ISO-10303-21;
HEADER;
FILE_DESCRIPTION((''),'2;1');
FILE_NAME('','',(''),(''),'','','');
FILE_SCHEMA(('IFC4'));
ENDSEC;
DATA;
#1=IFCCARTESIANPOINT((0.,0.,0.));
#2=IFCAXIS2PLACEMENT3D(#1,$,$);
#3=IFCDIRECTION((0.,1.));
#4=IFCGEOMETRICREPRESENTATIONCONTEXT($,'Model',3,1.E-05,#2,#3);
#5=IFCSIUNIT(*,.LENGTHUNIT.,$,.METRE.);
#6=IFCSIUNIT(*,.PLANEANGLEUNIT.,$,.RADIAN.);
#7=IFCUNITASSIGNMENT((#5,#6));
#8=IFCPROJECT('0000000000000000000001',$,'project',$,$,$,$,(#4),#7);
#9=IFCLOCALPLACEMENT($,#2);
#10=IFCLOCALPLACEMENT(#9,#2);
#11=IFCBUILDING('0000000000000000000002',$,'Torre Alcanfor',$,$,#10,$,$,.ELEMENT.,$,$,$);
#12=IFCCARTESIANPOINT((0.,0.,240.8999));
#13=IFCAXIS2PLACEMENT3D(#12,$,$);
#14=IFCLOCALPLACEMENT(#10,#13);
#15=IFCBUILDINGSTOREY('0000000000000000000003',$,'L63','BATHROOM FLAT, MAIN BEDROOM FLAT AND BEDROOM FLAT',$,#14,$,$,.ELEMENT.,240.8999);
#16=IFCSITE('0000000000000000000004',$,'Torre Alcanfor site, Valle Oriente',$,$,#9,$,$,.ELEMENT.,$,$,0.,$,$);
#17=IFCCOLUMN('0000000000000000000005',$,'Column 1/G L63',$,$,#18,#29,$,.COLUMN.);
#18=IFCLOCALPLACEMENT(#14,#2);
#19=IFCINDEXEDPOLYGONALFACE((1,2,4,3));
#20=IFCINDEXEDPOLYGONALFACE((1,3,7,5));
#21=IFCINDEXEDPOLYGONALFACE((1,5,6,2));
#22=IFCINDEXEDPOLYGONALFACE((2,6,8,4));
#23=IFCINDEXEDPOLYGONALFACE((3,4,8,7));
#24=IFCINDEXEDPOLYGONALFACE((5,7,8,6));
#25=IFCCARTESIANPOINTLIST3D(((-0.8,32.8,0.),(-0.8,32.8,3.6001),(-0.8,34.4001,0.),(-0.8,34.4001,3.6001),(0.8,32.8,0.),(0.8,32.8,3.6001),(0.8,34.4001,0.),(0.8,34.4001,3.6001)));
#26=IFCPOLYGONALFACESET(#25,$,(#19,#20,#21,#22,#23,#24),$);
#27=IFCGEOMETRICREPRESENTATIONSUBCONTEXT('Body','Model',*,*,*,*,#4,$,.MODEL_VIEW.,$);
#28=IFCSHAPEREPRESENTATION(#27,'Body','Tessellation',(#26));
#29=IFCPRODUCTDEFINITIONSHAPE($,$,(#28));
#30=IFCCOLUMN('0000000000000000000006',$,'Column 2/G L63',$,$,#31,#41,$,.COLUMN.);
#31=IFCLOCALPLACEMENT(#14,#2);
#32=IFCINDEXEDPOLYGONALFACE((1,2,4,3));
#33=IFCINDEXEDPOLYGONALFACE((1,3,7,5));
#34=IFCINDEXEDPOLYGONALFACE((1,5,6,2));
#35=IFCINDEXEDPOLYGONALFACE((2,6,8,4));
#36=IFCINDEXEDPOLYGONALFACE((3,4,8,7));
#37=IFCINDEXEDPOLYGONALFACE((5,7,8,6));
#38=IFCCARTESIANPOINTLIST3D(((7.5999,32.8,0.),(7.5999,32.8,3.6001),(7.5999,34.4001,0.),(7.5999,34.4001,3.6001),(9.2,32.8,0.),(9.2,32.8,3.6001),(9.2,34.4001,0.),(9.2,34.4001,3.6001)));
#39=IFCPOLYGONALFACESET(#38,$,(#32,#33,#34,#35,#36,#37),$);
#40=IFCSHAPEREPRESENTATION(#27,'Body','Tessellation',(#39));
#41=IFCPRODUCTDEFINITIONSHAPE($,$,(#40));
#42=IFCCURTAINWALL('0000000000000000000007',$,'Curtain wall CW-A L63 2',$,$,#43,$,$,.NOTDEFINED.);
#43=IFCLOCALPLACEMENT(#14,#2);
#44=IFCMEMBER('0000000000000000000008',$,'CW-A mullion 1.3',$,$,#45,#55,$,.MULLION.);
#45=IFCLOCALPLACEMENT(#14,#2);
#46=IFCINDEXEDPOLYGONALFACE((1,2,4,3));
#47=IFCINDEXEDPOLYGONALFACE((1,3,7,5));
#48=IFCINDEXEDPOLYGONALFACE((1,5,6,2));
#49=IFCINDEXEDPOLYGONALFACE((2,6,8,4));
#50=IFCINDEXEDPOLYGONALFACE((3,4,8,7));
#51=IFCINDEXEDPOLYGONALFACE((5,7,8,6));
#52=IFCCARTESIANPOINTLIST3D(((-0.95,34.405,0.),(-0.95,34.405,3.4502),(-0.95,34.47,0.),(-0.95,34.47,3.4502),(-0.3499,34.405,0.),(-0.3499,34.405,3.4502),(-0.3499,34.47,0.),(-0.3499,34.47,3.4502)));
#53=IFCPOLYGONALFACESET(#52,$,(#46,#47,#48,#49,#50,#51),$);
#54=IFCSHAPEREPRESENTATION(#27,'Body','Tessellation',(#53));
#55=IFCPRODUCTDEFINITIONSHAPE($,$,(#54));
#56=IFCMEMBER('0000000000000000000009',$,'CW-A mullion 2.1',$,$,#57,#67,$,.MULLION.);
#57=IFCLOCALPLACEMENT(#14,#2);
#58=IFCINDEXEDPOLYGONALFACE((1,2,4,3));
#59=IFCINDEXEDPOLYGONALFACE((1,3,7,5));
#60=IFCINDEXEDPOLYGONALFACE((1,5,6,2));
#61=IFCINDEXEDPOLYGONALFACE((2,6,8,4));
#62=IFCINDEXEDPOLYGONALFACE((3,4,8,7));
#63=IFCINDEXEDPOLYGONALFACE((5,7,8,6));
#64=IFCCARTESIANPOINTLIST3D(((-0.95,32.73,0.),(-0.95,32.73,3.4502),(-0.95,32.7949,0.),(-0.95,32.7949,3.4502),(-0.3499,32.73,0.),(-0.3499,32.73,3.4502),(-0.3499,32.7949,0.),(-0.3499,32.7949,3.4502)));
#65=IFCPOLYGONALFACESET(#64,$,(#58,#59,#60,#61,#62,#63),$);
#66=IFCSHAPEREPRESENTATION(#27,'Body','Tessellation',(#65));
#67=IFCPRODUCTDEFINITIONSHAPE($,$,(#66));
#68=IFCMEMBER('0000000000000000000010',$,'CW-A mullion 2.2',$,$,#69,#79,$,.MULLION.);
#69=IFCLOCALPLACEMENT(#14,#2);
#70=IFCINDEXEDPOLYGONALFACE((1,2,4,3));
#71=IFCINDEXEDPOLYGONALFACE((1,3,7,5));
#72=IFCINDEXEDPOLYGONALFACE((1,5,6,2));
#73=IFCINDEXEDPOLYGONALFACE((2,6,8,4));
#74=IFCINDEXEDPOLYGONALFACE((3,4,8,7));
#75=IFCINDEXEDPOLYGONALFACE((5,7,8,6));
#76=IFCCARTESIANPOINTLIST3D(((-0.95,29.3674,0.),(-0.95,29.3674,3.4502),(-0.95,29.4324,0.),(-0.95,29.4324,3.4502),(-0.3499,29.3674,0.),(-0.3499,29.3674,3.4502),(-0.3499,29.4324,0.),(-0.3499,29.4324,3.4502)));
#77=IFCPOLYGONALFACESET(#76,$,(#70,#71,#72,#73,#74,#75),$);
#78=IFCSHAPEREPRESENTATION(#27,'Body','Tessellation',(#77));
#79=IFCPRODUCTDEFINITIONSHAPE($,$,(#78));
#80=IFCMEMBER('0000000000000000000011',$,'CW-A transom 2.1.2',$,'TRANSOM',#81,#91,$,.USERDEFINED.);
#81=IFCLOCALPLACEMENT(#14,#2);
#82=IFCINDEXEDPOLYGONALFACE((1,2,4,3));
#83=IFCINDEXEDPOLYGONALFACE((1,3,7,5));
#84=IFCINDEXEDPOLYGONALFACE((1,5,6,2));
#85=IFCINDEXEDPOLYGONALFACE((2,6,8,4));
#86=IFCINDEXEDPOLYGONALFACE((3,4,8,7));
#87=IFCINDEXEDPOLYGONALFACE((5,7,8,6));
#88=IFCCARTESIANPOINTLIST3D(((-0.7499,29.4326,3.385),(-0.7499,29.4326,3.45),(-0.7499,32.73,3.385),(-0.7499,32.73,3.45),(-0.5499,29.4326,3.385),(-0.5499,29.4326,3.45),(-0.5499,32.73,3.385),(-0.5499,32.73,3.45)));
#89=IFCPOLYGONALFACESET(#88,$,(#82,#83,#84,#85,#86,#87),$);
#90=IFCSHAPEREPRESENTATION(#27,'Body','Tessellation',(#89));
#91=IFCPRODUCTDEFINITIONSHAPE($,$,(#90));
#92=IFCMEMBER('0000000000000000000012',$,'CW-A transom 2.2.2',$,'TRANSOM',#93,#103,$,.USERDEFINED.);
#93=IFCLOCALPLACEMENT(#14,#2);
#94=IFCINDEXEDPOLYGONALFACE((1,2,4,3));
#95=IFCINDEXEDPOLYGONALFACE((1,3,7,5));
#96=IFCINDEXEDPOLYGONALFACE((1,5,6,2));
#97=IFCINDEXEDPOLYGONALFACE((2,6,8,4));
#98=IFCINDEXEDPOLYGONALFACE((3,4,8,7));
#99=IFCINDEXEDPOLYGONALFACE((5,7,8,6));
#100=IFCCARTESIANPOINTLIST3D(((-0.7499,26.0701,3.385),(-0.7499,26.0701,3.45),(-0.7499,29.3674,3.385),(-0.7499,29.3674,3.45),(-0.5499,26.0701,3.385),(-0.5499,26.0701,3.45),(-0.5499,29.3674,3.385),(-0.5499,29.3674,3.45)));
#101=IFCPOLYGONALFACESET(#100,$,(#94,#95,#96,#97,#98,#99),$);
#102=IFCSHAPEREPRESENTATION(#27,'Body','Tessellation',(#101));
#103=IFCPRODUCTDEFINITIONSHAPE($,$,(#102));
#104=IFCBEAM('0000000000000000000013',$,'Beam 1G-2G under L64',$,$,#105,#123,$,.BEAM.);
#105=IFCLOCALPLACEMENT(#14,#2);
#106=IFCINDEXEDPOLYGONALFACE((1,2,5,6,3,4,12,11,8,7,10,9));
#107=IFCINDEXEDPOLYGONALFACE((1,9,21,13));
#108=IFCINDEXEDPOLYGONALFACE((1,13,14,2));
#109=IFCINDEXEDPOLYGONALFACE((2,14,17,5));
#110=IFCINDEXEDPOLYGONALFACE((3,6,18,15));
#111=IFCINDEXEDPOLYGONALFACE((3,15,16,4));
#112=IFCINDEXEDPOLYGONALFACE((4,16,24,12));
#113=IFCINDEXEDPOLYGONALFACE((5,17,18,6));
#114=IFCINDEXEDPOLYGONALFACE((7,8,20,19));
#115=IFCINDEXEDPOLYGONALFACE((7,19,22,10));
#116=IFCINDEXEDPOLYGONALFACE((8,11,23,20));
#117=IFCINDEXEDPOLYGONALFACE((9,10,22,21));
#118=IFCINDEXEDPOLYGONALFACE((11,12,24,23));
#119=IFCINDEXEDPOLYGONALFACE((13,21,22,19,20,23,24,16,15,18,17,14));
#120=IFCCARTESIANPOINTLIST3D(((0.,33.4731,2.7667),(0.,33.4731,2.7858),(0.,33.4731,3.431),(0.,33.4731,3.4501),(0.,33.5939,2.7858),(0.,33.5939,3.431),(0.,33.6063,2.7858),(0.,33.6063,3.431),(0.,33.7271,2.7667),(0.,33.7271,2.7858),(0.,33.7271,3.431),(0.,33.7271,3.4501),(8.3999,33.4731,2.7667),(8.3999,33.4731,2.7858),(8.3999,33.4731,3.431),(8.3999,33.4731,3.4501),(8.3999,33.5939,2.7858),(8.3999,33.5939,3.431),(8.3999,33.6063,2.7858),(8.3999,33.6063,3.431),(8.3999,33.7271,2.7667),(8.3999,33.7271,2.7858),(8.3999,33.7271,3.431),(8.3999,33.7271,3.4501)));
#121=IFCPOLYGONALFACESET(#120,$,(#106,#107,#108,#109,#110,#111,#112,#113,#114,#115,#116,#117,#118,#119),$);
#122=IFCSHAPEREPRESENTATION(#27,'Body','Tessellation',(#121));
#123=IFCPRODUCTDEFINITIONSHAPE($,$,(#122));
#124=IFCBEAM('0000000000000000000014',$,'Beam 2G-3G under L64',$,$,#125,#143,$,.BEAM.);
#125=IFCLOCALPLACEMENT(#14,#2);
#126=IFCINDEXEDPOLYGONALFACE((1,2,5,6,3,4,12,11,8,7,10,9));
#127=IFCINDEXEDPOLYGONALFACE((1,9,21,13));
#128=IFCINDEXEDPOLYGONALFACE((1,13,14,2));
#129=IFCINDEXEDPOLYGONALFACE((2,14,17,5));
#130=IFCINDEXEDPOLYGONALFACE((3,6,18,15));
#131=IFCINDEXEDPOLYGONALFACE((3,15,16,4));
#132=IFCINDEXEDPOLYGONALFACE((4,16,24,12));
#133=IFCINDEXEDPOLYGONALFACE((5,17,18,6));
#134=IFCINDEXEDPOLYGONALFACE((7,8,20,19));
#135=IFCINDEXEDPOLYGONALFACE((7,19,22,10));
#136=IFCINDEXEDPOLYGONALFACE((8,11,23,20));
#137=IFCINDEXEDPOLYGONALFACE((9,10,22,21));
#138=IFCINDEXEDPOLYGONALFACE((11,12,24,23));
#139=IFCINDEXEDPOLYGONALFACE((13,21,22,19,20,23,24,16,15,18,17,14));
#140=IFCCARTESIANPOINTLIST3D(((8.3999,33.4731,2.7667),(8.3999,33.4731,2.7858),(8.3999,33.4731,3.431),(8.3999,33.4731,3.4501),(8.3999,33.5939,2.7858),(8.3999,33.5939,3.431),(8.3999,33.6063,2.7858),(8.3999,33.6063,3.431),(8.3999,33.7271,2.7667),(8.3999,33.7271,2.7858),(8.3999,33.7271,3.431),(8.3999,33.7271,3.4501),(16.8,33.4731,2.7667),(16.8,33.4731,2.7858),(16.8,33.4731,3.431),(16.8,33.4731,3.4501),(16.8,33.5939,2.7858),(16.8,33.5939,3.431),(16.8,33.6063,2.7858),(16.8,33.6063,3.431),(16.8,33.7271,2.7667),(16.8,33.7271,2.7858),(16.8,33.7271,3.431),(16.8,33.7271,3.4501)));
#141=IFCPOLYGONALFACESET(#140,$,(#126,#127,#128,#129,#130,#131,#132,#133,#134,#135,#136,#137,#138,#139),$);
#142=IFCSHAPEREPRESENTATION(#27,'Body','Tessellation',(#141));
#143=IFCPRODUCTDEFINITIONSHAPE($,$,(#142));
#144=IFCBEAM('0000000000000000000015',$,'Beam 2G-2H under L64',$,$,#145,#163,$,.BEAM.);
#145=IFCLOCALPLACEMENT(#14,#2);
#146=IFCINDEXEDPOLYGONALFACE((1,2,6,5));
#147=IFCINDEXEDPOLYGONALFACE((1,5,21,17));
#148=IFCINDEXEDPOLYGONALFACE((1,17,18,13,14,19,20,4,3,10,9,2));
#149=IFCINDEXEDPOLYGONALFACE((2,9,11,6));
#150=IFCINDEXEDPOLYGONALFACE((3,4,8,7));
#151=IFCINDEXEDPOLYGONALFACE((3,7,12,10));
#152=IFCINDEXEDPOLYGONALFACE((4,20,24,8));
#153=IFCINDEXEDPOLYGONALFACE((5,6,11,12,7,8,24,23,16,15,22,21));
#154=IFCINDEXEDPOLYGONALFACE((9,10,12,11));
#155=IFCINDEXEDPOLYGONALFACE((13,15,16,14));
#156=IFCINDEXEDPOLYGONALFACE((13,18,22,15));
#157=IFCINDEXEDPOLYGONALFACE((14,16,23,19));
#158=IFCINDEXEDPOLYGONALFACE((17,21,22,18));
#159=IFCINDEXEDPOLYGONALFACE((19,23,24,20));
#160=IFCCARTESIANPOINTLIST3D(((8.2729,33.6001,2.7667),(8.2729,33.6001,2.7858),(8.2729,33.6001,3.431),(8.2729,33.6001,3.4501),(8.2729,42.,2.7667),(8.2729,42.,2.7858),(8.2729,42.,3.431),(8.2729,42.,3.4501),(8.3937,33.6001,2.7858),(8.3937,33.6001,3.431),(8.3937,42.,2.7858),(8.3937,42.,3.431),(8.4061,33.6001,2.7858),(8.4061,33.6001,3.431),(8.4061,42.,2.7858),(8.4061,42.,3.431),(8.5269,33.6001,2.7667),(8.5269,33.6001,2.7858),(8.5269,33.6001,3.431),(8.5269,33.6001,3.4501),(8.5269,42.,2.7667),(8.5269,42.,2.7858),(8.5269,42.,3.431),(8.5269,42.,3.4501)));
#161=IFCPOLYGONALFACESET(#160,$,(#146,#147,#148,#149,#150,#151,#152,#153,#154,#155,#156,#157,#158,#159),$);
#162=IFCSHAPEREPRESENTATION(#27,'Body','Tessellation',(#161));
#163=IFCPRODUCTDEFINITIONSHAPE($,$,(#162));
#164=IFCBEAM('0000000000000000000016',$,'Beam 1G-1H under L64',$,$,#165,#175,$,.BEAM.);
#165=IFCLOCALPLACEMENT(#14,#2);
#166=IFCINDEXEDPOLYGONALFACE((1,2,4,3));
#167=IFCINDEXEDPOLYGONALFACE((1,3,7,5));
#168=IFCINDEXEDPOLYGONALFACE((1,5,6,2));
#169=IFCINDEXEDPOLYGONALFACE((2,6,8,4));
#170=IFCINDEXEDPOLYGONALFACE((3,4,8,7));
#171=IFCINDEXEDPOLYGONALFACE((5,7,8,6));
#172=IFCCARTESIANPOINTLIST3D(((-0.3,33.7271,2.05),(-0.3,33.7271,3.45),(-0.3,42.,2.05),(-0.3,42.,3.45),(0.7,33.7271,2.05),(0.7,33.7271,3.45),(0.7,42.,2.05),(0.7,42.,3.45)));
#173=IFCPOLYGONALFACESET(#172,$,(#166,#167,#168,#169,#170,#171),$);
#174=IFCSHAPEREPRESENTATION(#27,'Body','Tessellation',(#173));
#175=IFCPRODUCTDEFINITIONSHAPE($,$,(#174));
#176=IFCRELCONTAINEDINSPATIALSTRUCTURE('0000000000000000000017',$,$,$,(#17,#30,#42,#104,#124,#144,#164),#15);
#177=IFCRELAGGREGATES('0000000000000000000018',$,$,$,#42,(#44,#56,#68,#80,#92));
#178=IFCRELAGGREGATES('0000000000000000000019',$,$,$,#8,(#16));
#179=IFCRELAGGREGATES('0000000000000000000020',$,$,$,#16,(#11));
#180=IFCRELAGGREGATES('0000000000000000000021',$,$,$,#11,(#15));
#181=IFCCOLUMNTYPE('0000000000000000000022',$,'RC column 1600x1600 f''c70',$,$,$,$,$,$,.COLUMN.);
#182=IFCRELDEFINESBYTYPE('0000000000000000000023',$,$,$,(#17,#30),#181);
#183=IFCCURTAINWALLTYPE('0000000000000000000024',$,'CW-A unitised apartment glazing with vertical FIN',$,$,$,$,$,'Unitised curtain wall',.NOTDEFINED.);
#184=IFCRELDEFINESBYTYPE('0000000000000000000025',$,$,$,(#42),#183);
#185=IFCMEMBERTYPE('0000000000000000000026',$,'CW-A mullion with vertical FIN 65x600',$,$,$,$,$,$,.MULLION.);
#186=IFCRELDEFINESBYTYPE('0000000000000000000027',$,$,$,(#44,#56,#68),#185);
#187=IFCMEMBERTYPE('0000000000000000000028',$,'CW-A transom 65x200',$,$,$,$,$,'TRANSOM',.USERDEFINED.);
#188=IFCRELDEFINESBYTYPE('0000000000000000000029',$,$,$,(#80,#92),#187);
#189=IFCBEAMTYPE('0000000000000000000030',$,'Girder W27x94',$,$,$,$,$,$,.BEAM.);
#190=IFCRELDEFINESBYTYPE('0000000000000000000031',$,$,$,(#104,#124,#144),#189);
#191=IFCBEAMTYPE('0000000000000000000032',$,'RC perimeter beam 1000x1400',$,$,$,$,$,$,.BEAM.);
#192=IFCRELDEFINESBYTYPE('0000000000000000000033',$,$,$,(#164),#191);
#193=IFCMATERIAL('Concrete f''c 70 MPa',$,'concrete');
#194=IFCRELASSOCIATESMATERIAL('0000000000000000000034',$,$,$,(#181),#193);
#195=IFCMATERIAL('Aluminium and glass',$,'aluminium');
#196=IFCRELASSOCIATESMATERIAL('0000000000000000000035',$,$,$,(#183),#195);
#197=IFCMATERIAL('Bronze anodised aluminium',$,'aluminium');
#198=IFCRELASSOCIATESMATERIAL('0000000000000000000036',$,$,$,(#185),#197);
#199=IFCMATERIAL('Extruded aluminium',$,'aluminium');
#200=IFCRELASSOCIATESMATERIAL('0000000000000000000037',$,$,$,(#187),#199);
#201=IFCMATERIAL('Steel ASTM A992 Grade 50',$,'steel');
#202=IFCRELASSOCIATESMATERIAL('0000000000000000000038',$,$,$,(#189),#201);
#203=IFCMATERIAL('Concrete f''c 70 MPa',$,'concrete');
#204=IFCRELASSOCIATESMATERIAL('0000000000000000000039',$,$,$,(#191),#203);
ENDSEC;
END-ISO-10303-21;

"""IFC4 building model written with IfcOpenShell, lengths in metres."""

from ifc_helpers import new_model, si_unit, direction, frame, origin, origin_2d, place, context, subcontext, project, spatial, rectangle, i_section, extrude, material, material_profile, profile_set, type_object, element, aggregate, save


model = new_model("IFC4")

# Units and contexts
model_context = context("Model", 3, precision=1e-05, world=origin(), true_north=direction((0.0, 1.0)))
body_context = subcontext(model_context, "Body", "Model", "MODEL_VIEW")
ifc_project = project(units=[si_unit("LENGTHUNIT", "METRE"), si_unit("PLANEANGLEUNIT", "RADIAN")], contexts=[model_context])

# Site, building, storey
site_placement = place(None, origin())
site = spatial("IfcSite", under=ifc_project, at=site_placement, Name="Torre Alcanfor site, Valle Oriente", CompositionType="ELEMENT", RefElevation=0.0)
building_placement = place(site_placement, origin())
building = spatial("IfcBuilding", under=site, at=building_placement, Name="Torre Alcanfor", CompositionType="ELEMENT")
storey_placement = place(building_placement, frame((0.0, 0.0, 240.8999)))
storey = spatial("IfcBuildingStorey", under=building, at=storey_placement, Name="L63", Description="BATHROOM FLAT, MAIN BEDROOM FLAT AND BEDROOM FLAT", CompositionType="ELEMENT", Elevation=240.8999)

# Columns
ifc_material_1 = material(Name="Concrete f'c 70 MPa", Category="concrete")
ifc_material_profile_1 = material_profile(ifc_material_1, rectangle(XDim=1.6001, YDim=1.6001, at=origin_2d()), Name="1600x1600")
ifc_profile_set_1 = profile_set([ifc_material_profile_1], Name="Concrete f'c 70 MPa")
column_type = type_object("IfcColumnType", Name="RC column 1600x1600 f'c70", PredefinedType="COLUMN", material=ifc_profile_set_1)
for number, where, z_axis, x_axis, name in (
    (1, (0.0, 33.6001, 0.0), (0.0, 0.0, 1.0), (1.0, 0.0, 0.0), "Column 1/G L63"),
    (2, (8.3999, 33.6001, 0.0), (0.0, 0.0, 1.0), (1.0, 0.0, 0.0), "Column 2/G L63"),
):
    element("IfcColumn", number, at=place(storey_placement, frame(where, z_axis=z_axis, x_axis=x_axis)), inside=storey, type_object=column_type, Name=name, PredefinedType="COLUMN", context=body_context, shape_type="SweptSolid", body=[
        extrude(rectangle(XDim=1.6001, YDim=1.6001, at=origin_2d()), origin(), (0.0, 0.0, 1.0), 3.6001),
    ])

# Curtain wall, members
ifc_material_2 = material(Name="Aluminium and glass", Category="aluminium")
curtain_wall_type = type_object("IfcCurtainWallType", Name="CW-A unitised apartment glazing with vertical FIN", ElementType="Unitised curtain wall", PredefinedType="NOTDEFINED", material=ifc_material_2)
curtain_wall_placement = place(storey_placement, origin())
curtain_wall = element("IfcCurtainWall", 3, at=curtain_wall_placement, inside=storey, type_object=curtain_wall_type, Name="Curtain wall CW-A L63 2", PredefinedType="NOTDEFINED")
ifc_material_3 = material(Name="Bronze anodised aluminium", Category="aluminium")
ifc_material_profile_2 = material_profile(ifc_material_3, rectangle(XDim=0.6001, YDim=0.0649, at=origin_2d()), Name="CW-A mullion 65x600")
ifc_profile_set_2 = profile_set([ifc_material_profile_2], Name="Bronze anodised aluminium")
member_type_1 = type_object("IfcMemberType", Name="CW-A mullion with vertical FIN 65x600", PredefinedType="MULLION", material=ifc_profile_set_2)
member_1_placement = place(storey_placement, frame((-0.6499, 34.4375, 0.0), z_axis=(0.0, 0.0, 1.0), x_axis=(1.0, 0.0, 0.0)))
member_1 = element("IfcMember", 4, at=member_1_placement, type_object=member_type_1, Name="CW-A mullion 1.3", PredefinedType="MULLION", context=body_context, shape_type="SweptSolid", body=[
    extrude(rectangle(XDim=0.6001, YDim=0.0649, at=origin_2d()), origin(), (0.0, 0.0, 1.0), 3.4502),
])
member_2_placement = place(storey_placement, frame((-0.6499, 32.7625, 0.0), z_axis=(0.0, 0.0, 1.0), x_axis=(1.0, 0.0, 0.0)))
member_2 = element("IfcMember", 5, at=member_2_placement, type_object=member_type_1, Name="CW-A mullion 2.1", PredefinedType="MULLION", context=body_context, shape_type="SweptSolid", body=[
    extrude(rectangle(XDim=0.6001, YDim=0.0649, at=origin_2d()), origin(), (0.0, 0.0, 1.0), 3.4502),
])
member_3_placement = place(storey_placement, frame((-0.6499, 29.3999, 0.0), z_axis=(0.0, 0.0, 1.0), x_axis=(1.0, 0.0, 0.0)))
member_3 = element("IfcMember", 6, at=member_3_placement, type_object=member_type_1, Name="CW-A mullion 2.2", PredefinedType="MULLION", context=body_context, shape_type="SweptSolid", body=[
    extrude(rectangle(XDim=0.6001, YDim=0.0649, at=origin_2d()), origin(), (0.0, 0.0, 1.0), 3.4502),
])
ifc_material_4 = material(Name="Extruded aluminium", Category="aluminium")
ifc_material_profile_3 = material_profile(ifc_material_4, rectangle(XDim=0.2, YDim=0.0649, at=origin_2d()), Name="CW-A transom 200x65")
ifc_profile_set_3 = profile_set([ifc_material_profile_3], Name="Extruded aluminium")
member_type_2 = type_object("IfcMemberType", Name="CW-A transom 65x200", ElementType="TRANSOM", PredefinedType="USERDEFINED", material=ifc_profile_set_3)
member_4_placement = place(storey_placement, frame((-0.6499, 32.73, 3.4175), z_axis=(0.0, -1.0, 0.0), x_axis=(1.0, 0.0, 0.0)))
member_4 = element("IfcMember", 7, at=member_4_placement, type_object=member_type_2, Name="CW-A transom 2.1.2", ObjectType="TRANSOM", PredefinedType="USERDEFINED", context=body_context, shape_type="SweptSolid", body=[
    extrude(rectangle(XDim=0.2, YDim=0.0649, at=origin_2d()), origin(), (0.0, 0.0, 1.0), 3.2974),
])
member_5_placement = place(storey_placement, frame((-0.6499, 29.3674, 3.4175), z_axis=(0.0, -1.0, 0.0), x_axis=(1.0, 0.0, 0.0)))
member_5 = element("IfcMember", 8, at=member_5_placement, type_object=member_type_2, Name="CW-A transom 2.2.2", ObjectType="TRANSOM", PredefinedType="USERDEFINED", context=body_context, shape_type="SweptSolid", body=[
    extrude(rectangle(XDim=0.2, YDim=0.0649, at=origin_2d()), origin(), (0.0, 0.0, 1.0), 3.2974),
])

# Beams
ifc_material_5 = material(Name="Steel ASTM A992 Grade 50", Category="steel")
ifc_material_profile_4 = material_profile(ifc_material_5, i_section(OverallWidth=0.2539, OverallDepth=0.6833, WebThickness=0.0125, FlangeThickness=0.019, at=origin_2d()), Name="W27x94")
ifc_profile_set_4 = profile_set([ifc_material_profile_4], Name="Steel ASTM A992 Grade 50")
beam_type_1 = type_object("IfcBeamType", Name="Girder W27x94", PredefinedType="BEAM", material=ifc_profile_set_4)
beam_1_placement = place(storey_placement, frame((0.0, 33.6001, 3.1084), z_axis=(1.0, 0.0, 0.0), x_axis=(0.0, 1.0, 0.0)))
element("IfcBeam", 9, at=beam_1_placement, inside=storey, type_object=beam_type_1, Name="Beam 1G-2G under L64", PredefinedType="BEAM", context=body_context, shape_type="SweptSolid", body=[
    extrude(i_section(OverallWidth=0.2539, OverallDepth=0.6833, WebThickness=0.0125, FlangeThickness=0.019, at=origin_2d()), origin(), (0.0, 0.0, 1.0), 8.3999),
])
beam_2_placement = place(storey_placement, frame((8.3999, 33.6001, 3.1084), z_axis=(1.0, 0.0, 0.0), x_axis=(0.0, 1.0, 0.0)))
element("IfcBeam", 10, at=beam_2_placement, inside=storey, type_object=beam_type_1, Name="Beam 2G-3G under L64", PredefinedType="BEAM", context=body_context, shape_type="SweptSolid", body=[
    extrude(i_section(OverallWidth=0.2539, OverallDepth=0.6833, WebThickness=0.0125, FlangeThickness=0.019, at=origin_2d()), origin(), (0.0, 0.0, 1.0), 8.4001),
])
beam_3_placement = place(storey_placement, frame((8.3999, 33.6001, 3.1084), z_axis=(0.0, 1.0, 0.0), x_axis=(-1.0, 0.0, 0.0)))
element("IfcBeam", 11, at=beam_3_placement, inside=storey, type_object=beam_type_1, Name="Beam 2G-2H under L64", PredefinedType="BEAM", context=body_context, shape_type="SweptSolid", body=[
    extrude(i_section(OverallWidth=0.2539, OverallDepth=0.6833, WebThickness=0.0125, FlangeThickness=0.019, at=origin_2d()), origin(), (0.0, 0.0, 1.0), 8.3999),
])
ifc_material_6 = material(Name="Concrete f'c 70 MPa", Category="concrete")
ifc_material_profile_5 = material_profile(ifc_material_6, rectangle(XDim=1.0, YDim=1.3999, at=origin_2d()), Name="1000x1400")
ifc_profile_set_5 = profile_set([ifc_material_profile_5], Name="Concrete f'c 70 MPa")
beam_type_2 = type_object("IfcBeamType", Name="RC perimeter beam 1000x1400", PredefinedType="BEAM", material=ifc_profile_set_5)
beam_4_placement = place(storey_placement, frame((0.2, 33.7271, 2.75), z_axis=(0.0, 1.0, 0.0), x_axis=(-1.0, 0.0, 0.0)))
element("IfcBeam", 12, at=beam_4_placement, inside=storey, type_object=beam_type_2, Name="Beam 1G-1H under L64", PredefinedType="BEAM", context=body_context, shape_type="SweptSolid", body=[
    extrude(rectangle(XDim=1.0, YDim=1.3999, at=origin_2d()), origin(), (0.0, 0.0, 1.0), 8.2729),
])

aggregate(curtain_wall, [member_1, member_2, member_3, member_4, member_5])

save(model, "model.ifc")
